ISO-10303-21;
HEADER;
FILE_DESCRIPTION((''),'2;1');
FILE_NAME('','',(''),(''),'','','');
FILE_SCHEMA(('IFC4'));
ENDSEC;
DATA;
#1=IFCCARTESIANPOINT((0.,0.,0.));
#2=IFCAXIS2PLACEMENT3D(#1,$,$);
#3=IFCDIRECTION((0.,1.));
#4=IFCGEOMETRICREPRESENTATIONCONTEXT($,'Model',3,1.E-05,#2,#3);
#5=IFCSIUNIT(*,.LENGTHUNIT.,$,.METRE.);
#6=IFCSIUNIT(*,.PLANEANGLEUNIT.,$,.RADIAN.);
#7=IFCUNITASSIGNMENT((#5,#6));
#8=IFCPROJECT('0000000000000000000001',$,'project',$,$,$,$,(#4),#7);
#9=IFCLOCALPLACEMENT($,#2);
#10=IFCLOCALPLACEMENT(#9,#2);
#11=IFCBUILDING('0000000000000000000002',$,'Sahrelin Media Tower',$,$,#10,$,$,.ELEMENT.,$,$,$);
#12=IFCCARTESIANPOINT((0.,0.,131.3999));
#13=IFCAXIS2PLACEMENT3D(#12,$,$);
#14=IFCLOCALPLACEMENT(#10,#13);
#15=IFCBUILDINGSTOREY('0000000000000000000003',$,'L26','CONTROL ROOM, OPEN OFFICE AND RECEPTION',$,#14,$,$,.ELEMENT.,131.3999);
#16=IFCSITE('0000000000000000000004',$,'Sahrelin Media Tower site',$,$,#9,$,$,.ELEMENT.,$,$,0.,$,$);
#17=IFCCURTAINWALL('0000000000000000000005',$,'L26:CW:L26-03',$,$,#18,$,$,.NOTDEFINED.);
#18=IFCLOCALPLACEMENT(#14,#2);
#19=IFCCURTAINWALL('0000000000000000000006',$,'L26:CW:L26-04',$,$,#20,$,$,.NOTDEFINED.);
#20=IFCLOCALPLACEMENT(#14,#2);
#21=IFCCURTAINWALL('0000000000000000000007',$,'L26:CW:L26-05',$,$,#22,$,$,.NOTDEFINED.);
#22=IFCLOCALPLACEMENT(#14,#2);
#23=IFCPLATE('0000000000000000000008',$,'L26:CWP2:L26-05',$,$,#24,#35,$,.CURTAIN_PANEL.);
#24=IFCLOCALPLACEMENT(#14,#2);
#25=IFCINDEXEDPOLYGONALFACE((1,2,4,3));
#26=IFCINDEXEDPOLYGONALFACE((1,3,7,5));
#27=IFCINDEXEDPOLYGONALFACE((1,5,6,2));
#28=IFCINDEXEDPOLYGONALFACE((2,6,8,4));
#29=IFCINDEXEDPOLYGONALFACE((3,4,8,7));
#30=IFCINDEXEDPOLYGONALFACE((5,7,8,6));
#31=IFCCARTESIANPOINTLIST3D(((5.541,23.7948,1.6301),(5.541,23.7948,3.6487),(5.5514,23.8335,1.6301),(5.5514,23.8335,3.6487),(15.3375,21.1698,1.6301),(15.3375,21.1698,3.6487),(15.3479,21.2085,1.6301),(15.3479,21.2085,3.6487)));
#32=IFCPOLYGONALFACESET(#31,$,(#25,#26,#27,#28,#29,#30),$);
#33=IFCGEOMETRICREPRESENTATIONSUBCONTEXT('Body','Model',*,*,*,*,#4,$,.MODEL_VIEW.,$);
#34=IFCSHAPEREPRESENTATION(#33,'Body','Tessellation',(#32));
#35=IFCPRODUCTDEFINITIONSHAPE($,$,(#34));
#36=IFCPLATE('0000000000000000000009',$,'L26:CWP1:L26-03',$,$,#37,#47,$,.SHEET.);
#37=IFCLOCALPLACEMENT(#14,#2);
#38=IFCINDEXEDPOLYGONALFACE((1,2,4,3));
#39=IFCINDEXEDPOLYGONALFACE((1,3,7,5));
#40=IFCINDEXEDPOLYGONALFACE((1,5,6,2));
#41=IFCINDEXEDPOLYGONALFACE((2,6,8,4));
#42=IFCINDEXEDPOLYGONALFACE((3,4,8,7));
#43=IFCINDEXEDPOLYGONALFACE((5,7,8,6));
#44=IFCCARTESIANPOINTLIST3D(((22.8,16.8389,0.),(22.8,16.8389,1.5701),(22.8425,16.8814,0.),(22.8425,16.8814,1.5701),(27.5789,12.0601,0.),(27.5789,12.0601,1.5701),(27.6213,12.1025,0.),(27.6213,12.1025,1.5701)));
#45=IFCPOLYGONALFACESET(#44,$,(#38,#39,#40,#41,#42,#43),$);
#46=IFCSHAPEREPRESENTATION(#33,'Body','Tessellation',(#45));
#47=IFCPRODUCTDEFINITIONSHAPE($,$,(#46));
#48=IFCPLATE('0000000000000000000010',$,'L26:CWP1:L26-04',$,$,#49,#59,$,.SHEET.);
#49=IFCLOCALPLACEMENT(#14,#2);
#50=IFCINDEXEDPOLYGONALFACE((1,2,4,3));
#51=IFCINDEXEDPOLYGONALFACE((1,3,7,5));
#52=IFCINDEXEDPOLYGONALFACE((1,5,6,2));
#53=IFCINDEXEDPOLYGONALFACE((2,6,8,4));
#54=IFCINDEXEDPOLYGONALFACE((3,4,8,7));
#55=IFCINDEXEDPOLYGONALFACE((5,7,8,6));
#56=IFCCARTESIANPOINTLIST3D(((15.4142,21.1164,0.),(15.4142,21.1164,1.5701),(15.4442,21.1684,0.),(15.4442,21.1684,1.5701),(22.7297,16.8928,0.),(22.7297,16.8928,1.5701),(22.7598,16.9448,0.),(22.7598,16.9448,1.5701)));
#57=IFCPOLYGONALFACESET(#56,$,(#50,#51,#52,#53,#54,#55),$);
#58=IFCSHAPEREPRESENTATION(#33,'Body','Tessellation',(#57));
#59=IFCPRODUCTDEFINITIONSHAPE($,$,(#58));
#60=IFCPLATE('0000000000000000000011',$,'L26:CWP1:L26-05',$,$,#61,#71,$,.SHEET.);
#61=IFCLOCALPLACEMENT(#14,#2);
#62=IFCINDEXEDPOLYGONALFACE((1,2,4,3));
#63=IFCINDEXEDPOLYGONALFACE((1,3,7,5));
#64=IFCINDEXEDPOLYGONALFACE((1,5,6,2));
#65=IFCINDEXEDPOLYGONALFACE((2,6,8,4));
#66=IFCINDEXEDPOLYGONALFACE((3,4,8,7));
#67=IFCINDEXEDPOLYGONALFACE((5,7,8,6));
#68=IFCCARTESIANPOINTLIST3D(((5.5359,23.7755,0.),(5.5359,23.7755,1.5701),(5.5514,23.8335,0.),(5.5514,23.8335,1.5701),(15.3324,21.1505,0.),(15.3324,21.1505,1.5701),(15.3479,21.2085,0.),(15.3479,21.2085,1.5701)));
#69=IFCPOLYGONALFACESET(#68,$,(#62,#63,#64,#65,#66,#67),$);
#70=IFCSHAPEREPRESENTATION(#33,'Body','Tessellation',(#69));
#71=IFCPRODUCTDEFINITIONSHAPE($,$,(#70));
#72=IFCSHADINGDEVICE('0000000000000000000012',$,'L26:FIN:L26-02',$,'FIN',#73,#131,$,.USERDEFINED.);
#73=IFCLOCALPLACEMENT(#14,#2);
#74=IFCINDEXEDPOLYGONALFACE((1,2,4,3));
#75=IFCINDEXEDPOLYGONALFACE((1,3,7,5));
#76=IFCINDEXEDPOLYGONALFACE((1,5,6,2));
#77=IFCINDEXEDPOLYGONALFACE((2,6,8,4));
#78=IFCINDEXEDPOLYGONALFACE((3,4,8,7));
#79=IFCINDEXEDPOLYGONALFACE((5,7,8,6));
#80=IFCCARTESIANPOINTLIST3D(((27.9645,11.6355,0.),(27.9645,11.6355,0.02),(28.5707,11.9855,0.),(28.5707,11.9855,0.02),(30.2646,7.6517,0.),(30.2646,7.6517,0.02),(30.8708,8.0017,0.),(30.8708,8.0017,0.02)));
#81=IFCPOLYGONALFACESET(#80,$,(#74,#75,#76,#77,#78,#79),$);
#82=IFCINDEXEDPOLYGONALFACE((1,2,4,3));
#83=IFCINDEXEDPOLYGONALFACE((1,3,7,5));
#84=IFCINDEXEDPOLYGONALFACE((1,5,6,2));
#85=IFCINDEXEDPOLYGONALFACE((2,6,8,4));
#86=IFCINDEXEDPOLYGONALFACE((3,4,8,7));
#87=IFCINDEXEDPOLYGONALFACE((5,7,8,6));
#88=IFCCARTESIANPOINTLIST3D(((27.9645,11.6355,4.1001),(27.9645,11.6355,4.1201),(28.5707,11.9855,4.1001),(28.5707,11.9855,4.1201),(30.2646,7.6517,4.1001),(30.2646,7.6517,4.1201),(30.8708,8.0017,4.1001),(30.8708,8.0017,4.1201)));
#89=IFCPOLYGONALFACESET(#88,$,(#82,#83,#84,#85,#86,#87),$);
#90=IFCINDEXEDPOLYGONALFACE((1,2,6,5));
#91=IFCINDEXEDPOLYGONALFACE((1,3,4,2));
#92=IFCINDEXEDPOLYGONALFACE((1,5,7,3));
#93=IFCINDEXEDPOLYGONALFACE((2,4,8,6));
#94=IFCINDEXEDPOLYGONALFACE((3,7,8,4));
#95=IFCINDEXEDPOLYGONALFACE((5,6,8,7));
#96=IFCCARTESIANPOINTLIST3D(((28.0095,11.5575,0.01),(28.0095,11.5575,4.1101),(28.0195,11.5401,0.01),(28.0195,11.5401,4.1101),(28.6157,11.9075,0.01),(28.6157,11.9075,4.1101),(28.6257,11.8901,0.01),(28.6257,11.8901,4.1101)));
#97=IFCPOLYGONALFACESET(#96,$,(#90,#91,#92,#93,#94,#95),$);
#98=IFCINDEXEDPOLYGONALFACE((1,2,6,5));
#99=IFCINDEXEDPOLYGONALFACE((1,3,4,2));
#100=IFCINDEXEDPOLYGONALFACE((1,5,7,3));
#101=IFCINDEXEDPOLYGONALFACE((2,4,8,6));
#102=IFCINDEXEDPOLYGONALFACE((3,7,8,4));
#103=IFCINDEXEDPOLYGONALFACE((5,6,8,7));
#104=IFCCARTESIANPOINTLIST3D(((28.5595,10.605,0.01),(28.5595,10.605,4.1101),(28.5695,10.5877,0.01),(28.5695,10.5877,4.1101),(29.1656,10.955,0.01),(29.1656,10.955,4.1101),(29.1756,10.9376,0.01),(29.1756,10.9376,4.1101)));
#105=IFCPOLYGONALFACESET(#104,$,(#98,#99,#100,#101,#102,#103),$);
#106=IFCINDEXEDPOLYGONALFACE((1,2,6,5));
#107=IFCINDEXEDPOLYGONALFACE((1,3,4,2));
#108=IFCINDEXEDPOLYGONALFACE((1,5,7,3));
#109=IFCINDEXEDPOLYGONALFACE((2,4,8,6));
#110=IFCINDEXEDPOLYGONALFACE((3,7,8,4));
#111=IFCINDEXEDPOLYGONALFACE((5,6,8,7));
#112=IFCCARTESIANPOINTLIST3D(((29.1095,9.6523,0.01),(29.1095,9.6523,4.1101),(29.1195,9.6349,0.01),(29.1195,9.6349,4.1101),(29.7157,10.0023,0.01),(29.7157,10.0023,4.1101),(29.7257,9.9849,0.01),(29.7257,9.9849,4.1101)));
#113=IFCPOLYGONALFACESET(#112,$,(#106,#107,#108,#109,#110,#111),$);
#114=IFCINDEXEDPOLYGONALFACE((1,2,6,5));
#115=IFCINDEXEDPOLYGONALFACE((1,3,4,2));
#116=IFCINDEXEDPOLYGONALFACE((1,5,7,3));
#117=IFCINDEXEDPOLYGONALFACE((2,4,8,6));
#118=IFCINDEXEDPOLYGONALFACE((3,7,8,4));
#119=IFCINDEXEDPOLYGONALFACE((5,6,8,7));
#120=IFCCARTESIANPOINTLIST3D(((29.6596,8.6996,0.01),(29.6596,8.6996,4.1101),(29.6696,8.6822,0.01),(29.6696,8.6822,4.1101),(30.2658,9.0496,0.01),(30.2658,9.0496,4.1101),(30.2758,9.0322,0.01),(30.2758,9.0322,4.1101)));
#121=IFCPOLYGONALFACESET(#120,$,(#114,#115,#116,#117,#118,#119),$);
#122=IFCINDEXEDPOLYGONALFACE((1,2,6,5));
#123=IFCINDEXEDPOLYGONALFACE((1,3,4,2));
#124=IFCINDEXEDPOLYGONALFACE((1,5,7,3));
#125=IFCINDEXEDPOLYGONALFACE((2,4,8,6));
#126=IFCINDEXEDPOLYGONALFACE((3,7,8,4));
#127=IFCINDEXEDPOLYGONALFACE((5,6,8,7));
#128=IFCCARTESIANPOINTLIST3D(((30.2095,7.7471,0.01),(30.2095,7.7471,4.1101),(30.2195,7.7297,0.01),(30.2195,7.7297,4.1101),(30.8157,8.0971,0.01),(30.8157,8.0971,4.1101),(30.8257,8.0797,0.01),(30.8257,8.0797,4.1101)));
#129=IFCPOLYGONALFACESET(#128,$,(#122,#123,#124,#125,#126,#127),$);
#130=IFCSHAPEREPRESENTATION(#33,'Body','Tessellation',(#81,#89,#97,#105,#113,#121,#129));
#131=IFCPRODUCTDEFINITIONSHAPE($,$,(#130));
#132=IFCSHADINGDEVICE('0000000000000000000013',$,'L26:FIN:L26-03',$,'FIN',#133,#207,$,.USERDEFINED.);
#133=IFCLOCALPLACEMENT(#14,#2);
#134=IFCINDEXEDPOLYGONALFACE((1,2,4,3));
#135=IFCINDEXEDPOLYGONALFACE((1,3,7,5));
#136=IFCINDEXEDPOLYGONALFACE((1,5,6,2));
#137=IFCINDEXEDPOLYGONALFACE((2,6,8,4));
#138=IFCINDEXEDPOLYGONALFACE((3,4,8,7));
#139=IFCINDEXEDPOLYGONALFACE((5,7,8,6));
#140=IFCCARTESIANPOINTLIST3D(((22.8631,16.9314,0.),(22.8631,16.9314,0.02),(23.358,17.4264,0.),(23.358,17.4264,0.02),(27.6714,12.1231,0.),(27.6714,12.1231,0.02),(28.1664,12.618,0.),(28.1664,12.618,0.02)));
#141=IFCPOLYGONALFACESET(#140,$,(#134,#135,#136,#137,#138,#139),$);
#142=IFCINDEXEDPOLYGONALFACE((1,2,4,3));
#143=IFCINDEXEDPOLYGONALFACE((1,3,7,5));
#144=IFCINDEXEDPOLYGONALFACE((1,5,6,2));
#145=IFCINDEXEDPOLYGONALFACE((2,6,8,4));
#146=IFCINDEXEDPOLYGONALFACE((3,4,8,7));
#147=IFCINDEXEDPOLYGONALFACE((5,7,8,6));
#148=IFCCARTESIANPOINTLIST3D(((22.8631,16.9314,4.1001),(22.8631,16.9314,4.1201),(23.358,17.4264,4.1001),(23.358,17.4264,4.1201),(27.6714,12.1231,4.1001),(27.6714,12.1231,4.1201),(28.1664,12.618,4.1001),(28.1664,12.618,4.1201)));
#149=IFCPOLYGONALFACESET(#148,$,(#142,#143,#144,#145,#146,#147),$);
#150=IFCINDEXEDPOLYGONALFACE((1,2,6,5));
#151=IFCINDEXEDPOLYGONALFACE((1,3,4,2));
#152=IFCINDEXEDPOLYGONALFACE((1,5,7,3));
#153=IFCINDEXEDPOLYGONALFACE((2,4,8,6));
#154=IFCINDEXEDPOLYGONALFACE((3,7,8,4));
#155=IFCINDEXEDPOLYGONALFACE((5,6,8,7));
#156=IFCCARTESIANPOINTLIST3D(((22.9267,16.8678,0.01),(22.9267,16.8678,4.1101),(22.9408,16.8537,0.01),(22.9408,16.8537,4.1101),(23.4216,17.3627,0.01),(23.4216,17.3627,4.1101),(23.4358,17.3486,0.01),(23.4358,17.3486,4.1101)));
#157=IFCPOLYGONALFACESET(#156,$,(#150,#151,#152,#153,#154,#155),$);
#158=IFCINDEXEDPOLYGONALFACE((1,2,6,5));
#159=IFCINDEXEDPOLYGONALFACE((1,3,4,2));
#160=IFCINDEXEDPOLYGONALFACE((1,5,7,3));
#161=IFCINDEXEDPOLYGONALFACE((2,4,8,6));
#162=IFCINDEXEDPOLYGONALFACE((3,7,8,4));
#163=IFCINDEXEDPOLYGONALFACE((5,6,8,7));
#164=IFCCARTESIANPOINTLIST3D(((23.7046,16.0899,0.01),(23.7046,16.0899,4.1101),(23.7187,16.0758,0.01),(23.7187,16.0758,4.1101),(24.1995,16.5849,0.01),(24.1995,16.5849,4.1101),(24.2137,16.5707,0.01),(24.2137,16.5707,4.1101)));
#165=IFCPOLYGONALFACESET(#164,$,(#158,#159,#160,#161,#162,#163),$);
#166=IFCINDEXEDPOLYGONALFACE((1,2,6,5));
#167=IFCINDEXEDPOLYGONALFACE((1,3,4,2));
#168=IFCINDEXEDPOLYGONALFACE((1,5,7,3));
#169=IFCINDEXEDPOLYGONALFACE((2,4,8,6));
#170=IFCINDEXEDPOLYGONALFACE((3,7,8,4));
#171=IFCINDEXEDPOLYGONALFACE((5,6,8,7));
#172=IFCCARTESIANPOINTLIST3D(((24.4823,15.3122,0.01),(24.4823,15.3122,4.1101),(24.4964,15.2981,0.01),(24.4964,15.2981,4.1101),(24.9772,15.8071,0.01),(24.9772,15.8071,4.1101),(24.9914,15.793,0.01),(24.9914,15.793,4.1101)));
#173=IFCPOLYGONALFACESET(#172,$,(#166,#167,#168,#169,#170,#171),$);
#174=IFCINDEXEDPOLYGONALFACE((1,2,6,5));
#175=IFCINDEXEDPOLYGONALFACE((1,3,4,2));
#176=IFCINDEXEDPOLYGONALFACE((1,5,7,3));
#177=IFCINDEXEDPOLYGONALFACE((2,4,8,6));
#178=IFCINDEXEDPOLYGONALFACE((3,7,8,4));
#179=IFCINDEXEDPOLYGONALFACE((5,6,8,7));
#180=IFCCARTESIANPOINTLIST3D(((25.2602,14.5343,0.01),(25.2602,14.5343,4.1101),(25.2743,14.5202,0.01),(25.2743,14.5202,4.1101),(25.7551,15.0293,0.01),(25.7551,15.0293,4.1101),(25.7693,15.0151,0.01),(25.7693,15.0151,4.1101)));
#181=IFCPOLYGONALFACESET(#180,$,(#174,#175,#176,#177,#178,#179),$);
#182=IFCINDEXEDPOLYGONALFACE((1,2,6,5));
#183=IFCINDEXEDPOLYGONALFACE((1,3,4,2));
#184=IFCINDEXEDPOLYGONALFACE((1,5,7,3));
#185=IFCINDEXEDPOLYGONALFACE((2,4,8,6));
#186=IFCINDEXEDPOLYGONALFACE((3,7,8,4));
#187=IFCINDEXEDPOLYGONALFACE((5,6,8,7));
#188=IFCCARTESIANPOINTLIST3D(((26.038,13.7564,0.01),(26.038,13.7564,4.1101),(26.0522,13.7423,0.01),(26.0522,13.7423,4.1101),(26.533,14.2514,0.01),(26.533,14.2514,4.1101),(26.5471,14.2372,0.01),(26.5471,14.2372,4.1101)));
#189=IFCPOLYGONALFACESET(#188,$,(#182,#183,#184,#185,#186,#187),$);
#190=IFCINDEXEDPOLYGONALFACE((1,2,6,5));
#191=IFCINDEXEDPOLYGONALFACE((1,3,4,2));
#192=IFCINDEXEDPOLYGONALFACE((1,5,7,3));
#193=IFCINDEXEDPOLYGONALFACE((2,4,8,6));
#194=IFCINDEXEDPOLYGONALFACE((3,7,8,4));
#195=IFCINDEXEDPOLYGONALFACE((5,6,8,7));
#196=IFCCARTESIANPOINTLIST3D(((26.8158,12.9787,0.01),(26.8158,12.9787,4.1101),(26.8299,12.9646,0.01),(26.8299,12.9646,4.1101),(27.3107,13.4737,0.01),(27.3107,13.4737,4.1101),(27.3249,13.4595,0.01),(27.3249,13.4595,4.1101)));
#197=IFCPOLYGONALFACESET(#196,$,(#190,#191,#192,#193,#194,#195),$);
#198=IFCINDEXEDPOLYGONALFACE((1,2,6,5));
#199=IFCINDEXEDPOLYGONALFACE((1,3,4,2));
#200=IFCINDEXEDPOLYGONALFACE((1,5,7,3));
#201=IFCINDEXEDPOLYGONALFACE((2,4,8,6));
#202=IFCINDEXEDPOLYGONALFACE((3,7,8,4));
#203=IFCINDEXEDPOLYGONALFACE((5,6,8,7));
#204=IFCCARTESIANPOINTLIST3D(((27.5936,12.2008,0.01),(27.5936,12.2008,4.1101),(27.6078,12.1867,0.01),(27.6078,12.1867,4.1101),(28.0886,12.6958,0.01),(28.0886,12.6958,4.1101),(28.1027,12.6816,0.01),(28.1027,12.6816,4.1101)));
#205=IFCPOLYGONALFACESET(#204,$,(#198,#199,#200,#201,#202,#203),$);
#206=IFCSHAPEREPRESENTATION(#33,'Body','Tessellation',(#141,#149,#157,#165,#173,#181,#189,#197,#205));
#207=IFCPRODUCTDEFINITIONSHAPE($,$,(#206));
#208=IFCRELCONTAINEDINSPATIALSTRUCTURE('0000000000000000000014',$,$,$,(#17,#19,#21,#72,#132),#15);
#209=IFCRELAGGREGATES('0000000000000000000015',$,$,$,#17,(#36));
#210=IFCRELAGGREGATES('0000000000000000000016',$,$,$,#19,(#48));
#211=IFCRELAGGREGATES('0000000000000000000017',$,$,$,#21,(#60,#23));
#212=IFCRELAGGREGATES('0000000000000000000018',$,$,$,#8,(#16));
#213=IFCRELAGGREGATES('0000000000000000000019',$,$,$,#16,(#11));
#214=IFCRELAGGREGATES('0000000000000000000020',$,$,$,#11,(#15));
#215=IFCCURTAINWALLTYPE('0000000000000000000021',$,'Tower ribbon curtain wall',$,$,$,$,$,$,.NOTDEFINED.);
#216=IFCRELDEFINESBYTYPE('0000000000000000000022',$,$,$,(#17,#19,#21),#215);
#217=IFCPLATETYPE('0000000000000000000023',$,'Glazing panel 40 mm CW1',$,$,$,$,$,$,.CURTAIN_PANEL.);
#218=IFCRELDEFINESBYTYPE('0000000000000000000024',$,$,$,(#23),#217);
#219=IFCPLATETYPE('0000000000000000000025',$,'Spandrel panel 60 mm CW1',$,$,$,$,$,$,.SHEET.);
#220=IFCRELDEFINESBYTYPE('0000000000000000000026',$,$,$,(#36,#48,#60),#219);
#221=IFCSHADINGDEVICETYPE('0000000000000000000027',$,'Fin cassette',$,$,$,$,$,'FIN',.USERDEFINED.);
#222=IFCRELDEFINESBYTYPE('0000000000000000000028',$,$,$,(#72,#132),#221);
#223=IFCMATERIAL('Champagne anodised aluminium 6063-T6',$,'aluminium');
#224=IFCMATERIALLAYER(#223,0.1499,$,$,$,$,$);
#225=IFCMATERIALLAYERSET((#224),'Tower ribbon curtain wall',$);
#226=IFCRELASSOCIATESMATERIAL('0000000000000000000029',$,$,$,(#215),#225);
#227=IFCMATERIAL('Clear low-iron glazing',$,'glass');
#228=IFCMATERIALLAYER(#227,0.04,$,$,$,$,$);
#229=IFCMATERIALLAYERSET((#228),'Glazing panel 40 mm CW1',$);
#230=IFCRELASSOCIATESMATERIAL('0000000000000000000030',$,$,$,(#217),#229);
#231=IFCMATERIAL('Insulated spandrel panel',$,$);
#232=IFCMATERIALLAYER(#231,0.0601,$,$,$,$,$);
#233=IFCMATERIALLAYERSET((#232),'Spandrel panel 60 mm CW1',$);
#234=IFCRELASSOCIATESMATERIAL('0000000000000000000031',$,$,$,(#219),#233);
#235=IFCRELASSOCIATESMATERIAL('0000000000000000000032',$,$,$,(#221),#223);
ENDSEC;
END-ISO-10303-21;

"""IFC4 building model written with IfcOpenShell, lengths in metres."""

from ifc_helpers import new_model, si_unit, direction, frame, origin, origin_2d, place, context, subcontext, project, spatial, polyline, rectangle, outline, extrude, material, layer, layer_set, type_object, element, aggregate, save


model = new_model("IFC4")

# Units and contexts
model_context = context("Model", 3, precision=1e-05, world=origin(), true_north=direction((0.0, 1.0)))
body_context = subcontext(model_context, "Body", "Model", "MODEL_VIEW")
ifc_project = project(units=[si_unit("LENGTHUNIT", "METRE"), si_unit("PLANEANGLEUNIT", "RADIAN")], contexts=[model_context])

# Site, building, storey
site_placement = place(None, origin())
site = spatial("IfcSite", under=ifc_project, at=site_placement, Name="Sahrelin Media Tower site", CompositionType="ELEMENT", RefElevation=0.0)
building_placement = place(site_placement, origin())
building = spatial("IfcBuilding", under=site, at=building_placement, Name="Sahrelin Media Tower", CompositionType="ELEMENT")
storey_placement = place(building_placement, frame((0.0, 0.0, 131.3999)))
storey = spatial("IfcBuildingStorey", under=building, at=storey_placement, Name="L26", Description="CONTROL ROOM, OPEN OFFICE AND RECEPTION", CompositionType="ELEMENT", Elevation=131.3999)

# Curtain walls
ifc_material_1 = material(Name="Champagne anodised aluminium 6063-T6", Category="aluminium")
ifc_layer_1 = layer(ifc_material_1, 0.1499)
ifc_layer_set_1 = layer_set([ifc_layer_1], Name="Tower ribbon curtain wall")
curtain_wall_type = type_object("IfcCurtainWallType", Name="Tower ribbon curtain wall", PredefinedType="NOTDEFINED", material=ifc_layer_set_1)
curtain_wall_1_placement = place(storey_placement, frame((25.2178, 14.4778, 0.0), z_axis=(0.0, 0.0, 1.0), x_axis=(1.0, 0.0, 0.0)))
curtain_wall_1 = element("IfcCurtainWall", 1, at=curtain_wall_1_placement, inside=storey, type_object=curtain_wall_type, Name="L26:CW:L26-03", PredefinedType="NOTDEFINED")
curtain_wall_2_placement = place(storey_placement, frame((19.092, 19.0393, 0.0), z_axis=(0.0, 0.0, 1.0), x_axis=(1.0, 0.0, 0.0)))
curtain_wall_2 = element("IfcCurtainWall", 2, at=curtain_wall_2_placement, inside=storey, type_object=curtain_wall_type, Name="L26:CW:L26-04", PredefinedType="NOTDEFINED")

# Shared definitions
ifc_material_2 = material(Name="Clear low-iron glazing", Category="glass")
ifc_layer_2 = layer(ifc_material_2, 0.04)
ifc_layer_set_2 = layer_set([ifc_layer_2], Name="Glazing panel 40 mm CW1")
plate_type_1 = type_object("IfcPlateType", Name="Glazing panel 40 mm CW1", PredefinedType="CURTAIN_PANEL", material=ifc_layer_set_2)

# Curtain wall, plate
curtain_wall_3_placement = place(storey_placement, frame((10.4443, 22.5017, 0.0), z_axis=(0.0, 0.0, 1.0), x_axis=(1.0, 0.0, 0.0)))
curtain_wall_3 = element("IfcCurtainWall", 3, at=curtain_wall_3_placement, inside=storey, type_object=curtain_wall_type, Name="L26:CW:L26-05", PredefinedType="NOTDEFINED")
plate_1_placement = place(storey_placement, frame((15.3479, 21.2085, 1.6301), z_axis=(0.258825, 0.965924, 0.0), x_axis=(-0.965924, 0.258825, 0.0)))
plate_1 = element("IfcPlate", 4, at=plate_1_placement, type_object=plate_type_1, Name="L26:CWP2:L26-05", PredefinedType="CURTAIN_PANEL", context=body_context, shape_type="SweptSolid", body=[
    extrude(outline(polyline([(0.0, 0.0), (10.1421, 0.0), (10.1421, 2.0186), (0.0, 2.0186), (0.0, 0.0)])), origin(), (0.0, 0.0, -1.0), 0.04),
])

# Plates
ifc_material_3 = material(Name="Insulated spandrel panel")
ifc_layer_3 = layer(ifc_material_3, 0.0601)
ifc_layer_set_3 = layer_set([ifc_layer_3], Name="Spandrel panel 60 mm CW1")
plate_type_2 = type_object("IfcPlateType", Name="Spandrel panel 60 mm CW1", PredefinedType="SHEET", material=ifc_layer_set_3)
plate_2_placement = place(storey_placement, frame((27.6213, 12.1025, 0.0), z_axis=(0.707107, 0.707107, 0.0), x_axis=(-0.707107, 0.707107, 0.0)))
plate_2 = element("IfcPlate", 5, at=plate_2_placement, type_object=plate_type_2, Name="L26:CWP1:L26-03", PredefinedType="SHEET", context=body_context, shape_type="SweptSolid", body=[
    extrude(outline(polyline([(0.0, 0.0), (6.7583, 0.0), (6.7583, 1.5701), (0.0, 1.5701), (0.0, 0.0)])), origin(), (0.0, 0.0, -1.0), 0.0601),
])
aggregate(curtain_wall_1, [plate_2])
plate_3_placement = place(storey_placement, frame((22.7598, 16.9448, 0.0), z_axis=(0.499993, 0.866029, 0.0), x_axis=(-0.866029, 0.499993, 0.0)))
plate_3 = element("IfcPlate", 6, at=plate_3_placement, type_object=plate_type_2, Name="L26:CWP1:L26-04", PredefinedType="SHEET", context=body_context, shape_type="SweptSolid", body=[
    extrude(outline(polyline([(0.0, 0.0), (8.4473, 0.0), (8.4473, 1.5701), (0.0, 1.5701), (0.0, 0.0)])), origin(), (0.0, 0.0, -1.0), 0.0601),
])
aggregate(curtain_wall_2, [plate_3])
plate_4_placement = place(storey_placement, frame((15.3479, 21.2085, 0.0), z_axis=(0.258825, 0.965924, 0.0), x_axis=(-0.965924, 0.258825, 0.0)))
plate_4 = element("IfcPlate", 7, at=plate_4_placement, type_object=plate_type_2, Name="L26:CWP1:L26-05", PredefinedType="SHEET", context=body_context, shape_type="SweptSolid", body=[
    extrude(outline(polyline([(0.0, 0.0), (10.1421, 0.0), (10.1421, 1.5701), (0.0, 1.5701), (0.0, 0.0)])), origin(), (0.0, 0.0, -1.0), 0.0601),
])
aggregate(curtain_wall_3, [plate_4, plate_1])

# Shading devices
shading_device_type_1 = type_object("IfcShadingDeviceType", Name="Fin cassette", ElementType="FIN", PredefinedType="USERDEFINED", material=ifc_material_1)
placement_1 = place(storey_placement, frame((29.054, 9.6086, 0.0), z_axis=(0.0, 0.0, 1.0), x_axis=(0.500011, -0.866019, 0.0)))
element("IfcShadingDevice", 8, at=placement_1, inside=storey, type_object=shading_device_type_1, Name="L26:FIN:L26-02", ObjectType="FIN", PredefinedType="USERDEFINED", context=body_context, shape_type="SweptSolid", body=[
    extrude(rectangle(XDim=4.6001, YDim=0.7, at=origin_2d()), frame((0.0, 0.4199, 0.0)), (0.0, 0.0, 1.0), 0.02),
    extrude(rectangle(XDim=4.6001, YDim=0.7, at=origin_2d()), frame((0.0, 0.4199, 4.1001)), (0.0, 0.0, 1.0), 0.02),
    extrude(rectangle(XDim=0.02, YDim=0.7, at=origin_2d()), frame((-2.2, 0.4199, 0.01), z_axis=(0.0, 0.0, 1.0), x_axis=(1.0, 0.0, 0.0)), (0.0, 0.0, 1.0), 4.1001),
    extrude(rectangle(XDim=0.02, YDim=0.7, at=origin_2d()), frame((-1.1001, 0.4199, 0.01), z_axis=(0.0, 0.0, 1.0), x_axis=(1.0, 0.0, 0.0)), (0.0, 0.0, 1.0), 4.1001),
    extrude(rectangle(XDim=0.02, YDim=0.7, at=origin_2d()), frame((0.0, 0.4199, 0.01), z_axis=(0.0, 0.0, 1.0), x_axis=(1.0, 0.0, 0.0)), (0.0, 0.0, 1.0), 4.1001),
    extrude(rectangle(XDim=0.02, YDim=0.7, at=origin_2d()), frame((1.1001, 0.4199, 0.01), z_axis=(0.0, 0.0, 1.0), x_axis=(1.0, 0.0, 0.0)), (0.0, 0.0, 1.0), 4.1001),
    extrude(rectangle(XDim=0.02, YDim=0.7, at=origin_2d()), frame((2.2, 0.4199, 0.01), z_axis=(0.0, 0.0, 1.0), x_axis=(1.0, 0.0, 0.0)), (0.0, 0.0, 1.0), 4.1001),
])
placement_2 = place(storey_placement, frame((25.2178, 14.4778, 0.0), z_axis=(0.0, 0.0, 1.0), x_axis=(0.707107, -0.707107, 0.0)))
element("IfcShadingDevice", 9, at=placement_2, inside=storey, type_object=shading_device_type_1, Name="L26:FIN:L26-03", ObjectType="FIN", PredefinedType="USERDEFINED", context=body_context, shape_type="SweptSolid", body=[
    extrude(rectangle(XDim=6.8, YDim=0.7, at=origin_2d()), frame((0.0, 0.4199, 0.0)), (0.0, 0.0, 1.0), 0.02),
    extrude(rectangle(XDim=6.8, YDim=0.7, at=origin_2d()), frame((0.0, 0.4199, 4.1001)), (0.0, 0.0, 1.0), 0.02),
    extrude(rectangle(XDim=0.02, YDim=0.7, at=origin_2d()), frame((-3.3, 0.4199, 0.01), z_axis=(0.0, 0.0, 1.0), x_axis=(1.0, 0.0, 0.0)), (0.0, 0.0, 1.0), 4.1001),
    extrude(rectangle(XDim=0.02, YDim=0.7, at=origin_2d()), frame((-2.2, 0.4199, 0.01), z_axis=(0.0, 0.0, 1.0), x_axis=(1.0, 0.0, 0.0)), (0.0, 0.0, 1.0), 4.1001),
    extrude(rectangle(XDim=0.02, YDim=0.7, at=origin_2d()), frame((-1.1001, 0.4199, 0.01), z_axis=(0.0, 0.0, 1.0), x_axis=(1.0, 0.0, 0.0)), (0.0, 0.0, 1.0), 4.1001),
    extrude(rectangle(XDim=0.02, YDim=0.7, at=origin_2d()), frame((0.0, 0.4199, 0.01), z_axis=(0.0, 0.0, 1.0), x_axis=(1.0, 0.0, 0.0)), (0.0, 0.0, 1.0), 4.1001),
    extrude(rectangle(XDim=0.02, YDim=0.7, at=origin_2d()), frame((1.1001, 0.4199, 0.01), z_axis=(0.0, 0.0, 1.0), x_axis=(1.0, 0.0, 0.0)), (0.0, 0.0, 1.0), 4.1001),
    extrude(rectangle(XDim=0.02, YDim=0.7, at=origin_2d()), frame((2.2, 0.4199, 0.01), z_axis=(0.0, 0.0, 1.0), x_axis=(1.0, 0.0, 0.0)), (0.0, 0.0, 1.0), 4.1001),
    extrude(rectangle(XDim=0.02, YDim=0.7, at=origin_2d()), frame((3.3, 0.4199, 0.01), z_axis=(0.0, 0.0, 1.0), x_axis=(1.0, 0.0, 0.0)), (0.0, 0.0, 1.0), 4.1001),
])

save(model, "model.ifc")
